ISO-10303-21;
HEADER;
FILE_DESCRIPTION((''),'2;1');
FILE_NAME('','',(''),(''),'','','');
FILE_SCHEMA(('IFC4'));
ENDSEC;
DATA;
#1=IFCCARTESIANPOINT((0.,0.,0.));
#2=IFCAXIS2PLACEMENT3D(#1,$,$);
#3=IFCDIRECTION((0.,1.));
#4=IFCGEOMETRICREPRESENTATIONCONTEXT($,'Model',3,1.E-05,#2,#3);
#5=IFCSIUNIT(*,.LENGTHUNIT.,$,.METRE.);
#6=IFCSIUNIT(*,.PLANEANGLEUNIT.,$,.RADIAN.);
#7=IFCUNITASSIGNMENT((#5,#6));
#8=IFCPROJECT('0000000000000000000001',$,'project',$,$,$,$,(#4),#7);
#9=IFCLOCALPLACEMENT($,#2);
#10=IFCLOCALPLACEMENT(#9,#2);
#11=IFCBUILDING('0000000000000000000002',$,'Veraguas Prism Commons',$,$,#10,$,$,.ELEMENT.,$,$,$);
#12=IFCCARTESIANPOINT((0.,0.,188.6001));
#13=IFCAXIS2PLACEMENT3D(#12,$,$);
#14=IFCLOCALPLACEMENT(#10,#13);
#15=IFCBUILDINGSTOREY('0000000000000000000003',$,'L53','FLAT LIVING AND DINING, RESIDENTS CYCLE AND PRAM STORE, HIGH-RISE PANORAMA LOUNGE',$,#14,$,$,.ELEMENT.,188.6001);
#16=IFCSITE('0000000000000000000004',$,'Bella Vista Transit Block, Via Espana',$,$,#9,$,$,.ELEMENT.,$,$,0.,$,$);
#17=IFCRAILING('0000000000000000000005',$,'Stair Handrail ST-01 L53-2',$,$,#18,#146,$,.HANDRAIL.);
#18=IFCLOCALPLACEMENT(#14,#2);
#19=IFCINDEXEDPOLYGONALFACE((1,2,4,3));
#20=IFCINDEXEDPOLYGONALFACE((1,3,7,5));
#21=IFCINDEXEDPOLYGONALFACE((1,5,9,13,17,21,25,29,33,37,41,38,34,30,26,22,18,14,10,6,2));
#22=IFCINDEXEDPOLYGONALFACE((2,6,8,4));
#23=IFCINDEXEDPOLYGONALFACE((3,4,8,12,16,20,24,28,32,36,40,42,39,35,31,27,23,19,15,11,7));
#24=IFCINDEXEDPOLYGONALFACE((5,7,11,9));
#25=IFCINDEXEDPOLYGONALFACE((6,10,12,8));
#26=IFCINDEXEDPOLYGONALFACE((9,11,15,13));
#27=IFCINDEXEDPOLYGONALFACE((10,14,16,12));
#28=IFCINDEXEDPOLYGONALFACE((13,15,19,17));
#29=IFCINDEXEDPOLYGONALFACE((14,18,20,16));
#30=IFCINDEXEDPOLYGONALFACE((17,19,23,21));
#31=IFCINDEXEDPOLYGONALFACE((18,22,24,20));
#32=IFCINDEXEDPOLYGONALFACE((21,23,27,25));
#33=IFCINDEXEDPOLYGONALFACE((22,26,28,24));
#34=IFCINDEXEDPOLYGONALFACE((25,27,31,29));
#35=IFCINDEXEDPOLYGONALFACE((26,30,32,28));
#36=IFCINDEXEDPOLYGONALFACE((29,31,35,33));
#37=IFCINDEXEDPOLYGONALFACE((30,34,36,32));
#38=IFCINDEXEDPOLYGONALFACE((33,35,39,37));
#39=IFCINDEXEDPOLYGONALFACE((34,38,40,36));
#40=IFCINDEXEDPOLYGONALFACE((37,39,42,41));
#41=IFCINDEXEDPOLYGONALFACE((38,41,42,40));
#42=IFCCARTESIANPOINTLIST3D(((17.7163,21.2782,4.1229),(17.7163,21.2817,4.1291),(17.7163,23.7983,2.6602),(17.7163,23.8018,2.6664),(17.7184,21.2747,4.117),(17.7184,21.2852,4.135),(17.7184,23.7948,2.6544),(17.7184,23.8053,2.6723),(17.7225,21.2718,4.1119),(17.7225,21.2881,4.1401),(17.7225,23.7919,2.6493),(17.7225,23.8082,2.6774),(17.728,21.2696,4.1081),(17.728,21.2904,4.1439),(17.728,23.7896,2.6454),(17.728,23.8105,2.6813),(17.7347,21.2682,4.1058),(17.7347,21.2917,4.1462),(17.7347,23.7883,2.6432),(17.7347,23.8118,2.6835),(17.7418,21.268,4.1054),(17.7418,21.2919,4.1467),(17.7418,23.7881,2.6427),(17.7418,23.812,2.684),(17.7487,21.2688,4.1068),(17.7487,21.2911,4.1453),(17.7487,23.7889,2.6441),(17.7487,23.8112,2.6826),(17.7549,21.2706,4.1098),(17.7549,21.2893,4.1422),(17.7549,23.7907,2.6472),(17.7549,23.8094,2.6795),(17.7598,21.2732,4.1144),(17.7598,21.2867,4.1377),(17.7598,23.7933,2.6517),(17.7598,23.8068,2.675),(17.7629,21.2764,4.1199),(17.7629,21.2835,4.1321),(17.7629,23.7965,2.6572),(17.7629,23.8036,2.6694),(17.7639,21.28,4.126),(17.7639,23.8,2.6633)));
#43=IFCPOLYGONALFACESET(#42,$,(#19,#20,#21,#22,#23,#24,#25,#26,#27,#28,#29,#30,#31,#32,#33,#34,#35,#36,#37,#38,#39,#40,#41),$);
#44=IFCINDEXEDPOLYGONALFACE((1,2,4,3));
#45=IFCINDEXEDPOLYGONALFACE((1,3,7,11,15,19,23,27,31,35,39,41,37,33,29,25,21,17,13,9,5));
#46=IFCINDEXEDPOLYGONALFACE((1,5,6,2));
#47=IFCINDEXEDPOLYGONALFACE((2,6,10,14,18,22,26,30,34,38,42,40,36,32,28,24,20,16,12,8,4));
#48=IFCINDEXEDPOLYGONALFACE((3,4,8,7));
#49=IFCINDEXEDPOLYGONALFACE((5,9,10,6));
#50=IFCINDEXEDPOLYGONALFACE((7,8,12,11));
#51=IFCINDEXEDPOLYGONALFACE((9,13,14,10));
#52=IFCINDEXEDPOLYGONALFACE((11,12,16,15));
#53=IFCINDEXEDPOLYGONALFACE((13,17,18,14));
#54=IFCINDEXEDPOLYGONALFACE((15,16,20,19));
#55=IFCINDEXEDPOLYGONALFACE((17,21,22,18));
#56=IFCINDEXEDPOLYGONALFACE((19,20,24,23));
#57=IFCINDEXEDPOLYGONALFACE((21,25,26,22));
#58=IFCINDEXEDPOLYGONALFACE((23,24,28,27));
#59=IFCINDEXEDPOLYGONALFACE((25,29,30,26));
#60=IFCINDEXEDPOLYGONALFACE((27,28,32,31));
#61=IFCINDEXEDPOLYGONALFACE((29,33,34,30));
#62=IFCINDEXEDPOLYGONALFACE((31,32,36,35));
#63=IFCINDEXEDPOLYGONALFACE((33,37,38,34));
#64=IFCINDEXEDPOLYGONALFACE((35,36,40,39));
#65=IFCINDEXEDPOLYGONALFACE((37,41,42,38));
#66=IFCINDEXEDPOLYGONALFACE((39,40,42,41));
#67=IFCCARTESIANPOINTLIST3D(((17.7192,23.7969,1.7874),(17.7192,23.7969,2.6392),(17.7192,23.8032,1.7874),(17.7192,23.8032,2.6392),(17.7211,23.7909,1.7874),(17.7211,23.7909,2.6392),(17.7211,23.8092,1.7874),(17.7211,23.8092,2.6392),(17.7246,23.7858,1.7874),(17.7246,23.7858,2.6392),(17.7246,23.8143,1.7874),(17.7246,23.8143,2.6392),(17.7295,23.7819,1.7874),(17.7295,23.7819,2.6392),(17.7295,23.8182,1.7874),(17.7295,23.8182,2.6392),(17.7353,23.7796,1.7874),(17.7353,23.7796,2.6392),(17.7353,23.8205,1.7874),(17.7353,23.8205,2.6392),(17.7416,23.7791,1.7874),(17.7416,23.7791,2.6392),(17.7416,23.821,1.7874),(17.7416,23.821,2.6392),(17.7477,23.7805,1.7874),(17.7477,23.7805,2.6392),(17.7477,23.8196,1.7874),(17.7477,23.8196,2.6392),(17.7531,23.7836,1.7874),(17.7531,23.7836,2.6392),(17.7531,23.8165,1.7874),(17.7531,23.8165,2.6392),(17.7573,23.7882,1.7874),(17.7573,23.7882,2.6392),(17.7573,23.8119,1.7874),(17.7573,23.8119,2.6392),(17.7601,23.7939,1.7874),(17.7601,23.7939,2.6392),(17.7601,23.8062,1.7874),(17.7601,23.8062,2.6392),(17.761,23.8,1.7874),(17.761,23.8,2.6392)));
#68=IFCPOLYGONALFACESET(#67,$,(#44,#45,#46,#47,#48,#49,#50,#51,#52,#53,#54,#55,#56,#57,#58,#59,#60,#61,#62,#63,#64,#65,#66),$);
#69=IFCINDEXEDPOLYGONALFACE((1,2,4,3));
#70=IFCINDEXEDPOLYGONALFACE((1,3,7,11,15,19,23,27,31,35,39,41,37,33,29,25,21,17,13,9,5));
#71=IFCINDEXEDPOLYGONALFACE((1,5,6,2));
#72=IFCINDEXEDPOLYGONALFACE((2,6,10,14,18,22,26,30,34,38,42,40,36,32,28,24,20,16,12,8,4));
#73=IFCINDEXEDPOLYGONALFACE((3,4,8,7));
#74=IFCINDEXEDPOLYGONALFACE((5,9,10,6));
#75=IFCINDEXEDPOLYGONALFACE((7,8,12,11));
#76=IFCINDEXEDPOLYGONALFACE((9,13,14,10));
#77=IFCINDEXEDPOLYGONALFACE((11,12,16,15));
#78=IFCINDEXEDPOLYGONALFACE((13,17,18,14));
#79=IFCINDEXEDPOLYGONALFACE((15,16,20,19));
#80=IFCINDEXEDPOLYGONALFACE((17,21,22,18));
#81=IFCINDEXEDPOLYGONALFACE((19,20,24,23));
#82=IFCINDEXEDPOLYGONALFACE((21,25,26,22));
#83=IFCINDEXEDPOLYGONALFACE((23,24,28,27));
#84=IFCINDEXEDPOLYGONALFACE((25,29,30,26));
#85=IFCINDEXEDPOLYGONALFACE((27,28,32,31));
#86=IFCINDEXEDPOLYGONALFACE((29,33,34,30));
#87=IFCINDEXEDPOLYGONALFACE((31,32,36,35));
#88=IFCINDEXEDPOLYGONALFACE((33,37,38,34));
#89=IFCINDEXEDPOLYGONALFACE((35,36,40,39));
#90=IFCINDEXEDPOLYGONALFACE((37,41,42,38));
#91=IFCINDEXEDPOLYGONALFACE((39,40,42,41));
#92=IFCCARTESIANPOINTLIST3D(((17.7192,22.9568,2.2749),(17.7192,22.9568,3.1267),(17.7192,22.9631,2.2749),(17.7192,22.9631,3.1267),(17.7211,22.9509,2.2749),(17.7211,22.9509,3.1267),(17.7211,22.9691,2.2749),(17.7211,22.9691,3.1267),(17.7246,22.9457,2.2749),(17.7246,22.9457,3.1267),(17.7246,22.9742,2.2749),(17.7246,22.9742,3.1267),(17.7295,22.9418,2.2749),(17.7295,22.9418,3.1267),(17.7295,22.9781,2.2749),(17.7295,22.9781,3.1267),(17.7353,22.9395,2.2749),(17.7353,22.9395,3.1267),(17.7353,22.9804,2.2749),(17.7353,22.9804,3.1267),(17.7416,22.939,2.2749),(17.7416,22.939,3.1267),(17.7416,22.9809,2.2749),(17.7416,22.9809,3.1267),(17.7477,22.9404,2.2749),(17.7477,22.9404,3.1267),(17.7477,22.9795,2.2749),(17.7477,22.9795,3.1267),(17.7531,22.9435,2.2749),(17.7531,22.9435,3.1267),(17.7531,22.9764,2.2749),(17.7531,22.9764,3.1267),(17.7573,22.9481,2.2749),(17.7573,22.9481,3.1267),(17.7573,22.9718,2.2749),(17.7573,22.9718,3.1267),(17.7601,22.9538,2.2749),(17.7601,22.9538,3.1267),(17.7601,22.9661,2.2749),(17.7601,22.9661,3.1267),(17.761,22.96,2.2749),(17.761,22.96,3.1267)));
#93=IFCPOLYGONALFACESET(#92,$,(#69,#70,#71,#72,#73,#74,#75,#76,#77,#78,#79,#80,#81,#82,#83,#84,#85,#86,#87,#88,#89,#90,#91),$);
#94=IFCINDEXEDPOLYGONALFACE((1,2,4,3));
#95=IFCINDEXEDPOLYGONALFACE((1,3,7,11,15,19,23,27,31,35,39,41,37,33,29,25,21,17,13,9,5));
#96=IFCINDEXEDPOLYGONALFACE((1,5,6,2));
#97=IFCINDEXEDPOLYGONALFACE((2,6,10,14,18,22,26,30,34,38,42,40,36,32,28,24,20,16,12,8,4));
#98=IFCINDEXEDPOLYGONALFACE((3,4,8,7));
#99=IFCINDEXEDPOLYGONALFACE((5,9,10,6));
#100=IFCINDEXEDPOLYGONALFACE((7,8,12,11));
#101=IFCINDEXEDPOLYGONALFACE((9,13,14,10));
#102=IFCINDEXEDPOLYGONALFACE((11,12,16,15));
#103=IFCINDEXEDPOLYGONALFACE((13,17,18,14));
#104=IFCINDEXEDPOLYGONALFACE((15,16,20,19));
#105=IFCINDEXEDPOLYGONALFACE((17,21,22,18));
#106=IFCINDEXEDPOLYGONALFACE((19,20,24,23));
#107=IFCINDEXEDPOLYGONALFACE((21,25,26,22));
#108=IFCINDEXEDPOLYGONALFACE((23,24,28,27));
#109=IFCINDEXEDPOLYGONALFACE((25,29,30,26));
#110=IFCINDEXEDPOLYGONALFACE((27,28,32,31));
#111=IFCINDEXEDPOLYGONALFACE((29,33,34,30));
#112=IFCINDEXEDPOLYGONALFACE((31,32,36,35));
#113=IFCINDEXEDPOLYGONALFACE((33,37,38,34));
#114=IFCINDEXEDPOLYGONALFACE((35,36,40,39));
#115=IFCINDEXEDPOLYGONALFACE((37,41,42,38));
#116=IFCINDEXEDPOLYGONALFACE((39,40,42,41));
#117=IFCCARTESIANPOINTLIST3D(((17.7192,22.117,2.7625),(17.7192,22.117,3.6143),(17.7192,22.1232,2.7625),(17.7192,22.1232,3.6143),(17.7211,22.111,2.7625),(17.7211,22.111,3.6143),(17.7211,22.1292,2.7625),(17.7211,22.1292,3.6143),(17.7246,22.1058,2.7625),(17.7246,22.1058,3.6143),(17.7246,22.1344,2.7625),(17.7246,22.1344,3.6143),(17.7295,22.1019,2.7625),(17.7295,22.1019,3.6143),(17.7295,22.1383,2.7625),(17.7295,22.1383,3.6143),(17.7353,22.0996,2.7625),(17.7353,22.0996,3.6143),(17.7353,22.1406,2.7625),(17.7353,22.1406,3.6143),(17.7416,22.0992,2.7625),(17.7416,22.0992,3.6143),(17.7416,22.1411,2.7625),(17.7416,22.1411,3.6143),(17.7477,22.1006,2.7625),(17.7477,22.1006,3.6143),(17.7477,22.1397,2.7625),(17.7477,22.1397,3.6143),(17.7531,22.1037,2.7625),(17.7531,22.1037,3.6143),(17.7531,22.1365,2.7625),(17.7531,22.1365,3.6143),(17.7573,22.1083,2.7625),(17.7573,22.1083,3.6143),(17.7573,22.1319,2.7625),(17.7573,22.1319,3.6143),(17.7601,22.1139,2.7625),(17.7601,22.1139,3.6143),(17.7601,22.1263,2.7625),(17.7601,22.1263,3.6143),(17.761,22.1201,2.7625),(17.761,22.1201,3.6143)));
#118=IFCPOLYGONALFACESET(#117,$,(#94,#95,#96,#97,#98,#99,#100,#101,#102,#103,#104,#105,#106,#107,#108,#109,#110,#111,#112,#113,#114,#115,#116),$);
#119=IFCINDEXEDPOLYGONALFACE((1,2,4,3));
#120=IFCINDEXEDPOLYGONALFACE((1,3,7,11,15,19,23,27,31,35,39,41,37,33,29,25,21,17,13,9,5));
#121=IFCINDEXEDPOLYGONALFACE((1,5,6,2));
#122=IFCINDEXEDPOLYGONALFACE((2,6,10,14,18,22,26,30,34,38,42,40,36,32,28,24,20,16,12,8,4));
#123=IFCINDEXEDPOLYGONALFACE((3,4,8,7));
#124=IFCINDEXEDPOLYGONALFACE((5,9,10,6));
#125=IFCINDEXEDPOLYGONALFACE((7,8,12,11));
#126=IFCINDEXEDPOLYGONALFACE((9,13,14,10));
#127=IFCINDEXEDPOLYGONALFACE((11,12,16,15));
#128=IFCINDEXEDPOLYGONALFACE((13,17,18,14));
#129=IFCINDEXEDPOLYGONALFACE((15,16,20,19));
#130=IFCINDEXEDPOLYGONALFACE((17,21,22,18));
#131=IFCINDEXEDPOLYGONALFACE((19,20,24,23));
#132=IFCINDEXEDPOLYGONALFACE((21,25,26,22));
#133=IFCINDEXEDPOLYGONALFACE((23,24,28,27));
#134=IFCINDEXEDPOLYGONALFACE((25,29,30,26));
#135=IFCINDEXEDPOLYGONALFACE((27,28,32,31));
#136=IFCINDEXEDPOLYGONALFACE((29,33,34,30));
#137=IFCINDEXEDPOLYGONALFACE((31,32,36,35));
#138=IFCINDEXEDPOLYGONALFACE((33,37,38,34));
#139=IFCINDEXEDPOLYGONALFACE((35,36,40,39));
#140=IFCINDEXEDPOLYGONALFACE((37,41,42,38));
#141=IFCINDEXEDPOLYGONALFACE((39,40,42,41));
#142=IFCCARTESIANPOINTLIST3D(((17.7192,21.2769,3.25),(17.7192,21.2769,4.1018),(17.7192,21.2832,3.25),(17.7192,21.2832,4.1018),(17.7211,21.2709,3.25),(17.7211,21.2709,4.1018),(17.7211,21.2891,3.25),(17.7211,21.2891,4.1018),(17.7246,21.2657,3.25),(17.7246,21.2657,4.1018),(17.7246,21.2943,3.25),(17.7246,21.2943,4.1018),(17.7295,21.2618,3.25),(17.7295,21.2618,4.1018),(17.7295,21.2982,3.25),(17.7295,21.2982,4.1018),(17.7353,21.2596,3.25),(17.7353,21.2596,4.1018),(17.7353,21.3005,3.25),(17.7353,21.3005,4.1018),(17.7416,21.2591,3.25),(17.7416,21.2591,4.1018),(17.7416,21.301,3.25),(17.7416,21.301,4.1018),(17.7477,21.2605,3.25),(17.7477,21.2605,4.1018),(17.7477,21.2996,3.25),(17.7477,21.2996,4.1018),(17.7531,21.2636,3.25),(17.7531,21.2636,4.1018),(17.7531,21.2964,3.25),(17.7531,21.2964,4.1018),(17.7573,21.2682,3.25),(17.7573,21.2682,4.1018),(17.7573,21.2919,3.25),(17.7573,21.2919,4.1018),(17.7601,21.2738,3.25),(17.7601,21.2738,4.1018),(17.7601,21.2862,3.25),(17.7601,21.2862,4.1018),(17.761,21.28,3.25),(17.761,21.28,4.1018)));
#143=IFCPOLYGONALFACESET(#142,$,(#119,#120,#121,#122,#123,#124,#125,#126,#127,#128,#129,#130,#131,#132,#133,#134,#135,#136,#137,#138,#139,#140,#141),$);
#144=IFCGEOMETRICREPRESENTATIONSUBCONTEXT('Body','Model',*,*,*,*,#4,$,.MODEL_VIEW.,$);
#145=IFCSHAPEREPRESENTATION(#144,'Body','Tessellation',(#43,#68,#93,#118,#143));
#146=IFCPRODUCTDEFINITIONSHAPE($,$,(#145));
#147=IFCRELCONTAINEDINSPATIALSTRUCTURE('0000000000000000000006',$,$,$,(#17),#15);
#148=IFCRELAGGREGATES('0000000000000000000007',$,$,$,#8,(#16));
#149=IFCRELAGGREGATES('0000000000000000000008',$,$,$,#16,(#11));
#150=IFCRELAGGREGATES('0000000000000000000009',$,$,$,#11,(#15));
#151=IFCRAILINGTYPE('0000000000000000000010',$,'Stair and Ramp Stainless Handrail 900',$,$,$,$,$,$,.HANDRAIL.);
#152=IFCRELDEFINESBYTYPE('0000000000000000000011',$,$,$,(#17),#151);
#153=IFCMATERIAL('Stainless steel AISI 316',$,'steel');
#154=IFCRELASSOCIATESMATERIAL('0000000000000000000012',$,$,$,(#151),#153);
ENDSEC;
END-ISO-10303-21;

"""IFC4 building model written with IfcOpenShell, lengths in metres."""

from ifc_helpers import new_model, si_unit, direction, frame, origin, origin_2d, place, context, subcontext, project, spatial, circle, extrude, material, type_object, element, save


model = new_model("IFC4")

# Units and contexts
model_context = context("Model", 3, precision=1e-05, world=origin(), true_north=direction((0.0, 1.0)))
body_context = subcontext(model_context, "Body", "Model", "MODEL_VIEW")
ifc_project = project(units=[si_unit("LENGTHUNIT", "METRE"), si_unit("PLANEANGLEUNIT", "RADIAN")], contexts=[model_context])

# Site, building, storey
site_placement = place(None, origin())
site = spatial("IfcSite", under=ifc_project, at=site_placement, Name="Bella Vista Transit Block, Via Espana", CompositionType="ELEMENT", RefElevation=0.0)
building_placement = place(site_placement, origin())
building = spatial("IfcBuilding", under=site, at=building_placement, Name="Veraguas Prism Commons", CompositionType="ELEMENT")
storey_placement = place(building_placement, frame((0.0, 0.0, 188.6001)))
storey = spatial("IfcBuildingStorey", under=building, at=storey_placement, Name="L53", Description="FLAT LIVING AND DINING, RESIDENTS CYCLE AND PRAM STORE, HIGH-RISE PANORAMA LOUNGE", CompositionType="ELEMENT", Elevation=188.6001)

# Railing
ifc_material_1 = material(Name="Stainless steel AISI 316", Category="steel")
railing_type_1 = type_object("IfcRailingType", Name="Stair and Ramp Stainless Handrail 900", PredefinedType="HANDRAIL", material=ifc_material_1)
railing_1_placement = place(storey_placement, frame((17.74, 23.8, 1.7874)))
element("IfcRailing", 1, at=railing_1_placement, inside=storey, type_object=railing_type_1, Name="Stair Handrail ST-01 L53-2", PredefinedType="HANDRAIL", context=body_context, shape_type="SweptSolid", body=[
    extrude(circle(Radius=0.0239, at=origin_2d()), frame((0.0, 0.0, 0.876), z_axis=(0.0, -0.864877, 0.501984), x_axis=(1.0, 0.0, 0.0)), (0.0, 0.0, 1.0), 2.9138),
    extrude(circle(Radius=0.021, at=origin_2d()), origin(), (0.0, 0.0, 1.0), 0.8518),
    extrude(circle(Radius=0.021, at=origin_2d()), frame((0.0, -0.8401, 0.4875)), (0.0, 0.0, 1.0), 0.8518),
    extrude(circle(Radius=0.021, at=origin_2d()), frame((0.0, -1.6799, 0.9751)), (0.0, 0.0, 1.0), 0.8518),
    extrude(circle(Radius=0.021, at=origin_2d()), frame((0.0, -2.52, 1.4626)), (0.0, 0.0, 1.0), 0.8518),
])

save(model, "model.ifc")
